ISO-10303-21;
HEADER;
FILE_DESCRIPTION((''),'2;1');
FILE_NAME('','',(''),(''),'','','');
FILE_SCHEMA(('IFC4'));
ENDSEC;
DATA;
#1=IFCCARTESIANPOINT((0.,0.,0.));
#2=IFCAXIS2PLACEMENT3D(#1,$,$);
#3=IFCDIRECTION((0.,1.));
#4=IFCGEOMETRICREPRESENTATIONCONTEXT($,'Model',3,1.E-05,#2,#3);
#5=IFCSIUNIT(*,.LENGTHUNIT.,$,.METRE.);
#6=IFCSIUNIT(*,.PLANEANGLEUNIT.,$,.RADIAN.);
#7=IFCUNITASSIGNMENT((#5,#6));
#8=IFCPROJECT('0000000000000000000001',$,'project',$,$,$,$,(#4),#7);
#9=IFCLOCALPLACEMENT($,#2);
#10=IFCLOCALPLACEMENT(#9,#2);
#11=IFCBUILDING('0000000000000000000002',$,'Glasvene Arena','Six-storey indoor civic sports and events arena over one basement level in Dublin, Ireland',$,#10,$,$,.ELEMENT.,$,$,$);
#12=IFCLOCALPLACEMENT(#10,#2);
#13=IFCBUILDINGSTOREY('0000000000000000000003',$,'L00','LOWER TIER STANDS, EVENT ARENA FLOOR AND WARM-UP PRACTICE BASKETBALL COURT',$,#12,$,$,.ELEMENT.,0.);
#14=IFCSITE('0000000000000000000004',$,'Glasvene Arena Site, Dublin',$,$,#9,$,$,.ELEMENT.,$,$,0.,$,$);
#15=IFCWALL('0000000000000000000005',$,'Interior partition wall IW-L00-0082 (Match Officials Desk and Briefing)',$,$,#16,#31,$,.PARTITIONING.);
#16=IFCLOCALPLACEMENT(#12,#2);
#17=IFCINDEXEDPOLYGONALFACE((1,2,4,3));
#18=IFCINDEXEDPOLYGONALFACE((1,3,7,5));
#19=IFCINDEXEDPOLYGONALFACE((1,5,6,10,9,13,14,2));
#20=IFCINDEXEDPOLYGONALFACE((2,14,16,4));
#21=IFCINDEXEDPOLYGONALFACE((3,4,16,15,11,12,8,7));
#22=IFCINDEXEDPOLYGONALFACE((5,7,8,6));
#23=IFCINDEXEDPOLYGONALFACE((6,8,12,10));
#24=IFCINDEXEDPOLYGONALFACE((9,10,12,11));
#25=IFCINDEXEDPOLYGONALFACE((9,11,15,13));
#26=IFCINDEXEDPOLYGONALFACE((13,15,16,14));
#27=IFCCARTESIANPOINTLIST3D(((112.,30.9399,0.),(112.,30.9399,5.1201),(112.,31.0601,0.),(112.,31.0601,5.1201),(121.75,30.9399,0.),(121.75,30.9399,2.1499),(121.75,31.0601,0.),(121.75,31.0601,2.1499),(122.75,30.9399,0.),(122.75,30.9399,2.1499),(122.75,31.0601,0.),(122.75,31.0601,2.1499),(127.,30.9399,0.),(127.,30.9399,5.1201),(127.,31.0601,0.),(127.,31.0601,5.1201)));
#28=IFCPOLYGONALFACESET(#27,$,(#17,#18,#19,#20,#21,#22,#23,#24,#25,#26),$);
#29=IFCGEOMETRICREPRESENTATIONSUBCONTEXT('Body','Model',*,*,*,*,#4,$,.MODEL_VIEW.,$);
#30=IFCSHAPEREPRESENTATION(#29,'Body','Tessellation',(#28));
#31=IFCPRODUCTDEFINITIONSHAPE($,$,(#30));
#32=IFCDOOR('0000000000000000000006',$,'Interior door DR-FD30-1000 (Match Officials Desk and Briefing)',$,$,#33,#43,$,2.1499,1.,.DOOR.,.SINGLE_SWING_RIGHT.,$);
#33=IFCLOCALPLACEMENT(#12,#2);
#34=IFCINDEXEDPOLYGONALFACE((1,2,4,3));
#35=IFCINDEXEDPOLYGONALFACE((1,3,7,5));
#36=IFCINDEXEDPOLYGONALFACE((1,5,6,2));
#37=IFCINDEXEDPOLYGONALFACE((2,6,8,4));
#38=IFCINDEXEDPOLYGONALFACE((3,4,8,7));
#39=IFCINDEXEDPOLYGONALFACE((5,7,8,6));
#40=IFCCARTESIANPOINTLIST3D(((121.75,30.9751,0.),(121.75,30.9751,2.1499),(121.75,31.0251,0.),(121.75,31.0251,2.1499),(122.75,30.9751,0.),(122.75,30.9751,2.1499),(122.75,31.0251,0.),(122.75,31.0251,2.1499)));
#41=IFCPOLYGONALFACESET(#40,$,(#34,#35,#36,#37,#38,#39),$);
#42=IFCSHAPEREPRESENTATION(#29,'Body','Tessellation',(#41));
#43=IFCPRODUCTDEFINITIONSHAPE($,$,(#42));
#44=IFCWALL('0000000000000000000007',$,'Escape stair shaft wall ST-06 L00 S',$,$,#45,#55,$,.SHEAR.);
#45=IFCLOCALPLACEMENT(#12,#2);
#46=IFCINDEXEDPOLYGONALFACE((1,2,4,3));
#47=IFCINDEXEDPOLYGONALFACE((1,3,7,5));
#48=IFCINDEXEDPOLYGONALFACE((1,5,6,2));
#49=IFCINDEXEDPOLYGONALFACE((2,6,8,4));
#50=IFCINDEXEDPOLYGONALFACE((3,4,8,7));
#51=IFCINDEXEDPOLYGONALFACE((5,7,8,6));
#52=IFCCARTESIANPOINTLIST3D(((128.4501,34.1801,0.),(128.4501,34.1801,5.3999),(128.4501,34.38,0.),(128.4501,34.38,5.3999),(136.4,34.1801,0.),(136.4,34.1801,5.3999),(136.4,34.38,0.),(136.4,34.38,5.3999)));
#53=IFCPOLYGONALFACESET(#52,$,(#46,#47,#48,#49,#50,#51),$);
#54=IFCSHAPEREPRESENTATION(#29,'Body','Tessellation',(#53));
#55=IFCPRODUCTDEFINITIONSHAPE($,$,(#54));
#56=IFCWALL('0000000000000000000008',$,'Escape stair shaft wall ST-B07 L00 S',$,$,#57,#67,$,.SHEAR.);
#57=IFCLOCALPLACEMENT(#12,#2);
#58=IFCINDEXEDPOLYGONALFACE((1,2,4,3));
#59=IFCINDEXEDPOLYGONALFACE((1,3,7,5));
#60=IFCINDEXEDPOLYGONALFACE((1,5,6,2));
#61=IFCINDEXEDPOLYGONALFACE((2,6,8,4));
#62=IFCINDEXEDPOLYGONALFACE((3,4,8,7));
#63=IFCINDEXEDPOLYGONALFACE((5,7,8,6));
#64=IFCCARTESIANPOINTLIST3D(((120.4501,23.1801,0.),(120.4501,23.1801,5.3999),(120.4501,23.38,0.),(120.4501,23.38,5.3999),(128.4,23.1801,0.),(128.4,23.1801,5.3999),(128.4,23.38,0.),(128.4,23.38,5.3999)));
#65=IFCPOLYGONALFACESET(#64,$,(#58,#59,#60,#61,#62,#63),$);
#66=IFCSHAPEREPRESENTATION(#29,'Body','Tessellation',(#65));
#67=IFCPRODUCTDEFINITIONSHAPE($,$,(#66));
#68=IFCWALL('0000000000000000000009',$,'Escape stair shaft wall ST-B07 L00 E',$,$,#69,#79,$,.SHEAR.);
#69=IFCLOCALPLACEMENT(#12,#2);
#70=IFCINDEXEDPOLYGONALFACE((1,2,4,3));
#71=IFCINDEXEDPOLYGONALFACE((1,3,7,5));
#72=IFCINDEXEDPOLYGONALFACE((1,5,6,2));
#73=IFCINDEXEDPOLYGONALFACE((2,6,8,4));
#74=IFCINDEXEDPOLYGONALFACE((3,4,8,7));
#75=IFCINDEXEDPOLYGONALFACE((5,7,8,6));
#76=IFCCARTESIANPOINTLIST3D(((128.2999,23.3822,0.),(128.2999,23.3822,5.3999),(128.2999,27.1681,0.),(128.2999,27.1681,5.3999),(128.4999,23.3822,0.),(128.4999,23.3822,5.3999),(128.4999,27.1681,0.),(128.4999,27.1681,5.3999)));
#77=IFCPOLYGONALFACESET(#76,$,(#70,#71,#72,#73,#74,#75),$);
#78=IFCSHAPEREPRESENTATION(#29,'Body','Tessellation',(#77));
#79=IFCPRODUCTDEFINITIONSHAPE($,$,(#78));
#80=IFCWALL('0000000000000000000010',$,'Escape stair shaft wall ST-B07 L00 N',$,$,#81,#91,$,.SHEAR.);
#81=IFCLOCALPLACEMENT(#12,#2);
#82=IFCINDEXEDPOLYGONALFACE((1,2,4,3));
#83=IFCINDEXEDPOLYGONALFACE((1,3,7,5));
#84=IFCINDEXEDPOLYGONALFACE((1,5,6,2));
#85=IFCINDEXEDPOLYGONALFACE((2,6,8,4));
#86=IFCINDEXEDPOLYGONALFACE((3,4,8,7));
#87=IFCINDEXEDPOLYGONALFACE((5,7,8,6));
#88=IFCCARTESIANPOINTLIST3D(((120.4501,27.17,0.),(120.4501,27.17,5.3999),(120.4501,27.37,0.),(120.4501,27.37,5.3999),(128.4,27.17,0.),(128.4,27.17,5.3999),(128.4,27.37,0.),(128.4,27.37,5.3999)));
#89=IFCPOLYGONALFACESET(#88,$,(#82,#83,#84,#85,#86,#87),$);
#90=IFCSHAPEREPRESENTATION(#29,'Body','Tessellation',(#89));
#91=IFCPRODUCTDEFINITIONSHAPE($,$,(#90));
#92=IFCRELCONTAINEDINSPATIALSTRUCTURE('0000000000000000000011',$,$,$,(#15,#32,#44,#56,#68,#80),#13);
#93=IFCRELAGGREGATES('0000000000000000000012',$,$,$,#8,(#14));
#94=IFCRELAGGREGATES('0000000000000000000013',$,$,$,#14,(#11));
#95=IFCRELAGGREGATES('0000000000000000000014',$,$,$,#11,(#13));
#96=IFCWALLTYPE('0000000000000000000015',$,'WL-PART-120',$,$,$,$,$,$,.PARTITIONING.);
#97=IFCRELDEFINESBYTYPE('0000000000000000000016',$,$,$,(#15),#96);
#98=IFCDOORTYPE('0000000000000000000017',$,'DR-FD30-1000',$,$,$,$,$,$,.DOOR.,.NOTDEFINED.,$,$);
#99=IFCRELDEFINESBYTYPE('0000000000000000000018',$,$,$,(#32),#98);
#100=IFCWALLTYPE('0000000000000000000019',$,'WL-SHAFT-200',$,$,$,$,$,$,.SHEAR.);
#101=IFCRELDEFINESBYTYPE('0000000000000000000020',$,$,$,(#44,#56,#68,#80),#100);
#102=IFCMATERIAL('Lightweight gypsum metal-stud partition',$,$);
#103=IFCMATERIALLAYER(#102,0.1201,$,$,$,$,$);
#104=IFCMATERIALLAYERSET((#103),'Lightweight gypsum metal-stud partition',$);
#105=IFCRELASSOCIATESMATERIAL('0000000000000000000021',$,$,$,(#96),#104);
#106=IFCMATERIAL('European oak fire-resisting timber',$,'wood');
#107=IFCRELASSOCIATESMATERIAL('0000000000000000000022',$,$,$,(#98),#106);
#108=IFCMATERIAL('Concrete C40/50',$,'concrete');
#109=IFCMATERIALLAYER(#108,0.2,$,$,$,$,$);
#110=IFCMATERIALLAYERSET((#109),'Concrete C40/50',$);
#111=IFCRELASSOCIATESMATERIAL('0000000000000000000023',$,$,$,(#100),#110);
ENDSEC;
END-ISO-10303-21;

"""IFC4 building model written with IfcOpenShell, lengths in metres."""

from ifc_helpers import new_model, si_unit, direction, frame, frame_2d, origin, place, context, subcontext, project, spatial, rectangle, extrude, material, layer, layer_set, type_object, element, fill, save


model = new_model("IFC4")

# Units and contexts
model_context = context("Model", 3, precision=1e-05, world=origin(), true_north=direction((0.0, 1.0)))
body_context = subcontext(model_context, "Body", "Model", "MODEL_VIEW")
ifc_project = project(units=[si_unit("LENGTHUNIT", "METRE"), si_unit("PLANEANGLEUNIT", "RADIAN")], contexts=[model_context])

# Site, building, storey
site_placement = place(None, origin())
site = spatial("IfcSite", under=ifc_project, at=site_placement, Name="Glasvene Arena Site, Dublin", CompositionType="ELEMENT", RefElevation=0.0)
building_placement = place(site_placement, origin())
building = spatial("IfcBuilding", under=site, at=building_placement, Name="Glasvene Arena", Description="Six-storey indoor civic sports and events arena over one basement level in Dublin, Ireland", CompositionType="ELEMENT")
storey_placement = place(building_placement, origin())
storey = spatial("IfcBuildingStorey", under=building, at=storey_placement, Name="L00", Description="LOWER TIER STANDS, EVENT ARENA FLOOR AND WARM-UP PRACTICE BASKETBALL COURT", CompositionType="ELEMENT", Elevation=0.0)

# Shared definitions
ifc_material_1 = material(Name="Concrete C40/50", Category="concrete")

# Wall, opening, door
ifc_material_2 = material(Name="Lightweight gypsum metal-stud partition")
ifc_layer_1 = layer(ifc_material_2, 0.1201)
ifc_layer_set_1 = layer_set([ifc_layer_1], Name="Lightweight gypsum metal-stud partition")
wall_type_1 = type_object("IfcWallType", Name="WL-PART-120", PredefinedType="PARTITIONING", material=ifc_layer_set_1)
wall_1_placement = place(storey_placement, frame((127.0, 31.0, 0.0), z_axis=(0.0, 0.0, 1.0), x_axis=(-1.0, 0.0, 0.0)))
wall_1 = element("IfcWall", 1, at=wall_1_placement, inside=storey, type_object=wall_type_1, Name="Interior partition wall IW-L00-0082 (Match Officials Desk and Briefing)", PredefinedType="PARTITIONING", context=body_context, shape_type="SweptSolid", body=[
    extrude(rectangle(XDim=15.0, YDim=0.1201, at=frame_2d((7.5, 0.0))), origin(), (0.0, 0.0, 1.0), 5.1201),
])
opening_1_placement = place(wall_1_placement, frame((4.25, 0.0, 0.0)))
opening_1 = element("IfcOpeningElement", 2, at=opening_1_placement, cuts=wall_1, PredefinedType="OPENING", context=body_context, shape_type="SweptSolid", body=[
    extrude(rectangle(XDim=1.0, YDim=2.1499, at=frame_2d((0.5, 1.075))), frame((0.0, 0.0701, 0.0), z_axis=(0.0, -1.0, 0.0), x_axis=(1.0, 0.0, 0.0)), (0.0, 0.0, 1.0), 0.1401),
])
ifc_material_3 = material(Name="European oak fire-resisting timber", Category="wood")
door_type_1 = type_object("IfcDoorType", Name="DR-FD30-1000", OperationType="NOTDEFINED", PredefinedType="DOOR", material=ifc_material_3)
door_1_placement = place(opening_1_placement, origin())
door_1 = element("IfcDoor", 3, at=door_1_placement, inside=storey, type_object=door_type_1, Name="Interior door DR-FD30-1000 (Match Officials Desk and Briefing)", OperationType="SINGLE_SWING_RIGHT", OverallHeight=2.1499, OverallWidth=1.0, PredefinedType="DOOR", context=body_context, shape_type="SweptSolid", body=[
    extrude(rectangle(XDim=1.0, YDim=2.1499, at=frame_2d((0.5, 1.075))), frame((0.0, 0.0249, 0.0), z_axis=(0.0, -1.0, 0.0), x_axis=(1.0, 0.0, 0.0)), (0.0, 0.0, 1.0), 0.05),
])
fill(opening_1, door_1)

# Walls
ifc_layer_2 = layer(ifc_material_1, 0.2)
ifc_layer_set_2 = layer_set([ifc_layer_2], Name="Concrete C40/50")
wall_type_2 = type_object("IfcWallType", Name="WL-SHAFT-200", PredefinedType="SHEAR", material=ifc_layer_set_2)
for number, where, z_axis, x_axis, name in (
    (4, (128.45, 34.28, 0.0), (0.0, 0.0, 1.0), (1.0, 0.0, 0.0), "Escape stair shaft wall ST-06 L00 S"),
    (5, (120.45, 23.28, 0.0), (0.0, 0.0, 1.0), (1.0, 0.0, 0.0), "Escape stair shaft wall ST-B07 L00 S"),
):
    element("IfcWall", number, at=place(storey_placement, frame(where, z_axis=z_axis, x_axis=x_axis)), inside=storey, type_object=wall_type_2, Name=name, PredefinedType="SHEAR", context=body_context, shape_type="SweptSolid", body=[
        extrude(rectangle(XDim=7.95, YDim=0.2, at=frame_2d((3.9751, 0.0))), origin(), (0.0, 0.0, 1.0), 5.3999),
    ])

# Walls
wall_2_placement = place(storey_placement, frame((128.3999, 23.3821, 0.0), z_axis=(0.0, 0.0, 1.0), x_axis=(0.0, 1.0, 0.0)))
element("IfcWall", 6, at=wall_2_placement, inside=storey, type_object=wall_type_2, Name="Escape stair shaft wall ST-B07 L00 E", PredefinedType="SHEAR", context=body_context, shape_type="SweptSolid", body=[
    extrude(rectangle(XDim=3.7859, YDim=0.2, at=frame_2d((1.8931, 0.0))), origin(), (0.0, 0.0, 1.0), 5.3999),
])
wall_3_placement = place(storey_placement, frame((120.45, 27.27, 0.0), z_axis=(0.0, 0.0, 1.0), x_axis=(1.0, 0.0, 0.0)))
element("IfcWall", 7, at=wall_3_placement, inside=storey, type_object=wall_type_2, Name="Escape stair shaft wall ST-B07 L00 N", PredefinedType="SHEAR", context=body_context, shape_type="SweptSolid", body=[
    extrude(rectangle(XDim=7.95, YDim=0.2, at=frame_2d((3.9751, 0.0))), origin(), (0.0, 0.0, 1.0), 5.3999),
])

save(model, "model.ifc")
